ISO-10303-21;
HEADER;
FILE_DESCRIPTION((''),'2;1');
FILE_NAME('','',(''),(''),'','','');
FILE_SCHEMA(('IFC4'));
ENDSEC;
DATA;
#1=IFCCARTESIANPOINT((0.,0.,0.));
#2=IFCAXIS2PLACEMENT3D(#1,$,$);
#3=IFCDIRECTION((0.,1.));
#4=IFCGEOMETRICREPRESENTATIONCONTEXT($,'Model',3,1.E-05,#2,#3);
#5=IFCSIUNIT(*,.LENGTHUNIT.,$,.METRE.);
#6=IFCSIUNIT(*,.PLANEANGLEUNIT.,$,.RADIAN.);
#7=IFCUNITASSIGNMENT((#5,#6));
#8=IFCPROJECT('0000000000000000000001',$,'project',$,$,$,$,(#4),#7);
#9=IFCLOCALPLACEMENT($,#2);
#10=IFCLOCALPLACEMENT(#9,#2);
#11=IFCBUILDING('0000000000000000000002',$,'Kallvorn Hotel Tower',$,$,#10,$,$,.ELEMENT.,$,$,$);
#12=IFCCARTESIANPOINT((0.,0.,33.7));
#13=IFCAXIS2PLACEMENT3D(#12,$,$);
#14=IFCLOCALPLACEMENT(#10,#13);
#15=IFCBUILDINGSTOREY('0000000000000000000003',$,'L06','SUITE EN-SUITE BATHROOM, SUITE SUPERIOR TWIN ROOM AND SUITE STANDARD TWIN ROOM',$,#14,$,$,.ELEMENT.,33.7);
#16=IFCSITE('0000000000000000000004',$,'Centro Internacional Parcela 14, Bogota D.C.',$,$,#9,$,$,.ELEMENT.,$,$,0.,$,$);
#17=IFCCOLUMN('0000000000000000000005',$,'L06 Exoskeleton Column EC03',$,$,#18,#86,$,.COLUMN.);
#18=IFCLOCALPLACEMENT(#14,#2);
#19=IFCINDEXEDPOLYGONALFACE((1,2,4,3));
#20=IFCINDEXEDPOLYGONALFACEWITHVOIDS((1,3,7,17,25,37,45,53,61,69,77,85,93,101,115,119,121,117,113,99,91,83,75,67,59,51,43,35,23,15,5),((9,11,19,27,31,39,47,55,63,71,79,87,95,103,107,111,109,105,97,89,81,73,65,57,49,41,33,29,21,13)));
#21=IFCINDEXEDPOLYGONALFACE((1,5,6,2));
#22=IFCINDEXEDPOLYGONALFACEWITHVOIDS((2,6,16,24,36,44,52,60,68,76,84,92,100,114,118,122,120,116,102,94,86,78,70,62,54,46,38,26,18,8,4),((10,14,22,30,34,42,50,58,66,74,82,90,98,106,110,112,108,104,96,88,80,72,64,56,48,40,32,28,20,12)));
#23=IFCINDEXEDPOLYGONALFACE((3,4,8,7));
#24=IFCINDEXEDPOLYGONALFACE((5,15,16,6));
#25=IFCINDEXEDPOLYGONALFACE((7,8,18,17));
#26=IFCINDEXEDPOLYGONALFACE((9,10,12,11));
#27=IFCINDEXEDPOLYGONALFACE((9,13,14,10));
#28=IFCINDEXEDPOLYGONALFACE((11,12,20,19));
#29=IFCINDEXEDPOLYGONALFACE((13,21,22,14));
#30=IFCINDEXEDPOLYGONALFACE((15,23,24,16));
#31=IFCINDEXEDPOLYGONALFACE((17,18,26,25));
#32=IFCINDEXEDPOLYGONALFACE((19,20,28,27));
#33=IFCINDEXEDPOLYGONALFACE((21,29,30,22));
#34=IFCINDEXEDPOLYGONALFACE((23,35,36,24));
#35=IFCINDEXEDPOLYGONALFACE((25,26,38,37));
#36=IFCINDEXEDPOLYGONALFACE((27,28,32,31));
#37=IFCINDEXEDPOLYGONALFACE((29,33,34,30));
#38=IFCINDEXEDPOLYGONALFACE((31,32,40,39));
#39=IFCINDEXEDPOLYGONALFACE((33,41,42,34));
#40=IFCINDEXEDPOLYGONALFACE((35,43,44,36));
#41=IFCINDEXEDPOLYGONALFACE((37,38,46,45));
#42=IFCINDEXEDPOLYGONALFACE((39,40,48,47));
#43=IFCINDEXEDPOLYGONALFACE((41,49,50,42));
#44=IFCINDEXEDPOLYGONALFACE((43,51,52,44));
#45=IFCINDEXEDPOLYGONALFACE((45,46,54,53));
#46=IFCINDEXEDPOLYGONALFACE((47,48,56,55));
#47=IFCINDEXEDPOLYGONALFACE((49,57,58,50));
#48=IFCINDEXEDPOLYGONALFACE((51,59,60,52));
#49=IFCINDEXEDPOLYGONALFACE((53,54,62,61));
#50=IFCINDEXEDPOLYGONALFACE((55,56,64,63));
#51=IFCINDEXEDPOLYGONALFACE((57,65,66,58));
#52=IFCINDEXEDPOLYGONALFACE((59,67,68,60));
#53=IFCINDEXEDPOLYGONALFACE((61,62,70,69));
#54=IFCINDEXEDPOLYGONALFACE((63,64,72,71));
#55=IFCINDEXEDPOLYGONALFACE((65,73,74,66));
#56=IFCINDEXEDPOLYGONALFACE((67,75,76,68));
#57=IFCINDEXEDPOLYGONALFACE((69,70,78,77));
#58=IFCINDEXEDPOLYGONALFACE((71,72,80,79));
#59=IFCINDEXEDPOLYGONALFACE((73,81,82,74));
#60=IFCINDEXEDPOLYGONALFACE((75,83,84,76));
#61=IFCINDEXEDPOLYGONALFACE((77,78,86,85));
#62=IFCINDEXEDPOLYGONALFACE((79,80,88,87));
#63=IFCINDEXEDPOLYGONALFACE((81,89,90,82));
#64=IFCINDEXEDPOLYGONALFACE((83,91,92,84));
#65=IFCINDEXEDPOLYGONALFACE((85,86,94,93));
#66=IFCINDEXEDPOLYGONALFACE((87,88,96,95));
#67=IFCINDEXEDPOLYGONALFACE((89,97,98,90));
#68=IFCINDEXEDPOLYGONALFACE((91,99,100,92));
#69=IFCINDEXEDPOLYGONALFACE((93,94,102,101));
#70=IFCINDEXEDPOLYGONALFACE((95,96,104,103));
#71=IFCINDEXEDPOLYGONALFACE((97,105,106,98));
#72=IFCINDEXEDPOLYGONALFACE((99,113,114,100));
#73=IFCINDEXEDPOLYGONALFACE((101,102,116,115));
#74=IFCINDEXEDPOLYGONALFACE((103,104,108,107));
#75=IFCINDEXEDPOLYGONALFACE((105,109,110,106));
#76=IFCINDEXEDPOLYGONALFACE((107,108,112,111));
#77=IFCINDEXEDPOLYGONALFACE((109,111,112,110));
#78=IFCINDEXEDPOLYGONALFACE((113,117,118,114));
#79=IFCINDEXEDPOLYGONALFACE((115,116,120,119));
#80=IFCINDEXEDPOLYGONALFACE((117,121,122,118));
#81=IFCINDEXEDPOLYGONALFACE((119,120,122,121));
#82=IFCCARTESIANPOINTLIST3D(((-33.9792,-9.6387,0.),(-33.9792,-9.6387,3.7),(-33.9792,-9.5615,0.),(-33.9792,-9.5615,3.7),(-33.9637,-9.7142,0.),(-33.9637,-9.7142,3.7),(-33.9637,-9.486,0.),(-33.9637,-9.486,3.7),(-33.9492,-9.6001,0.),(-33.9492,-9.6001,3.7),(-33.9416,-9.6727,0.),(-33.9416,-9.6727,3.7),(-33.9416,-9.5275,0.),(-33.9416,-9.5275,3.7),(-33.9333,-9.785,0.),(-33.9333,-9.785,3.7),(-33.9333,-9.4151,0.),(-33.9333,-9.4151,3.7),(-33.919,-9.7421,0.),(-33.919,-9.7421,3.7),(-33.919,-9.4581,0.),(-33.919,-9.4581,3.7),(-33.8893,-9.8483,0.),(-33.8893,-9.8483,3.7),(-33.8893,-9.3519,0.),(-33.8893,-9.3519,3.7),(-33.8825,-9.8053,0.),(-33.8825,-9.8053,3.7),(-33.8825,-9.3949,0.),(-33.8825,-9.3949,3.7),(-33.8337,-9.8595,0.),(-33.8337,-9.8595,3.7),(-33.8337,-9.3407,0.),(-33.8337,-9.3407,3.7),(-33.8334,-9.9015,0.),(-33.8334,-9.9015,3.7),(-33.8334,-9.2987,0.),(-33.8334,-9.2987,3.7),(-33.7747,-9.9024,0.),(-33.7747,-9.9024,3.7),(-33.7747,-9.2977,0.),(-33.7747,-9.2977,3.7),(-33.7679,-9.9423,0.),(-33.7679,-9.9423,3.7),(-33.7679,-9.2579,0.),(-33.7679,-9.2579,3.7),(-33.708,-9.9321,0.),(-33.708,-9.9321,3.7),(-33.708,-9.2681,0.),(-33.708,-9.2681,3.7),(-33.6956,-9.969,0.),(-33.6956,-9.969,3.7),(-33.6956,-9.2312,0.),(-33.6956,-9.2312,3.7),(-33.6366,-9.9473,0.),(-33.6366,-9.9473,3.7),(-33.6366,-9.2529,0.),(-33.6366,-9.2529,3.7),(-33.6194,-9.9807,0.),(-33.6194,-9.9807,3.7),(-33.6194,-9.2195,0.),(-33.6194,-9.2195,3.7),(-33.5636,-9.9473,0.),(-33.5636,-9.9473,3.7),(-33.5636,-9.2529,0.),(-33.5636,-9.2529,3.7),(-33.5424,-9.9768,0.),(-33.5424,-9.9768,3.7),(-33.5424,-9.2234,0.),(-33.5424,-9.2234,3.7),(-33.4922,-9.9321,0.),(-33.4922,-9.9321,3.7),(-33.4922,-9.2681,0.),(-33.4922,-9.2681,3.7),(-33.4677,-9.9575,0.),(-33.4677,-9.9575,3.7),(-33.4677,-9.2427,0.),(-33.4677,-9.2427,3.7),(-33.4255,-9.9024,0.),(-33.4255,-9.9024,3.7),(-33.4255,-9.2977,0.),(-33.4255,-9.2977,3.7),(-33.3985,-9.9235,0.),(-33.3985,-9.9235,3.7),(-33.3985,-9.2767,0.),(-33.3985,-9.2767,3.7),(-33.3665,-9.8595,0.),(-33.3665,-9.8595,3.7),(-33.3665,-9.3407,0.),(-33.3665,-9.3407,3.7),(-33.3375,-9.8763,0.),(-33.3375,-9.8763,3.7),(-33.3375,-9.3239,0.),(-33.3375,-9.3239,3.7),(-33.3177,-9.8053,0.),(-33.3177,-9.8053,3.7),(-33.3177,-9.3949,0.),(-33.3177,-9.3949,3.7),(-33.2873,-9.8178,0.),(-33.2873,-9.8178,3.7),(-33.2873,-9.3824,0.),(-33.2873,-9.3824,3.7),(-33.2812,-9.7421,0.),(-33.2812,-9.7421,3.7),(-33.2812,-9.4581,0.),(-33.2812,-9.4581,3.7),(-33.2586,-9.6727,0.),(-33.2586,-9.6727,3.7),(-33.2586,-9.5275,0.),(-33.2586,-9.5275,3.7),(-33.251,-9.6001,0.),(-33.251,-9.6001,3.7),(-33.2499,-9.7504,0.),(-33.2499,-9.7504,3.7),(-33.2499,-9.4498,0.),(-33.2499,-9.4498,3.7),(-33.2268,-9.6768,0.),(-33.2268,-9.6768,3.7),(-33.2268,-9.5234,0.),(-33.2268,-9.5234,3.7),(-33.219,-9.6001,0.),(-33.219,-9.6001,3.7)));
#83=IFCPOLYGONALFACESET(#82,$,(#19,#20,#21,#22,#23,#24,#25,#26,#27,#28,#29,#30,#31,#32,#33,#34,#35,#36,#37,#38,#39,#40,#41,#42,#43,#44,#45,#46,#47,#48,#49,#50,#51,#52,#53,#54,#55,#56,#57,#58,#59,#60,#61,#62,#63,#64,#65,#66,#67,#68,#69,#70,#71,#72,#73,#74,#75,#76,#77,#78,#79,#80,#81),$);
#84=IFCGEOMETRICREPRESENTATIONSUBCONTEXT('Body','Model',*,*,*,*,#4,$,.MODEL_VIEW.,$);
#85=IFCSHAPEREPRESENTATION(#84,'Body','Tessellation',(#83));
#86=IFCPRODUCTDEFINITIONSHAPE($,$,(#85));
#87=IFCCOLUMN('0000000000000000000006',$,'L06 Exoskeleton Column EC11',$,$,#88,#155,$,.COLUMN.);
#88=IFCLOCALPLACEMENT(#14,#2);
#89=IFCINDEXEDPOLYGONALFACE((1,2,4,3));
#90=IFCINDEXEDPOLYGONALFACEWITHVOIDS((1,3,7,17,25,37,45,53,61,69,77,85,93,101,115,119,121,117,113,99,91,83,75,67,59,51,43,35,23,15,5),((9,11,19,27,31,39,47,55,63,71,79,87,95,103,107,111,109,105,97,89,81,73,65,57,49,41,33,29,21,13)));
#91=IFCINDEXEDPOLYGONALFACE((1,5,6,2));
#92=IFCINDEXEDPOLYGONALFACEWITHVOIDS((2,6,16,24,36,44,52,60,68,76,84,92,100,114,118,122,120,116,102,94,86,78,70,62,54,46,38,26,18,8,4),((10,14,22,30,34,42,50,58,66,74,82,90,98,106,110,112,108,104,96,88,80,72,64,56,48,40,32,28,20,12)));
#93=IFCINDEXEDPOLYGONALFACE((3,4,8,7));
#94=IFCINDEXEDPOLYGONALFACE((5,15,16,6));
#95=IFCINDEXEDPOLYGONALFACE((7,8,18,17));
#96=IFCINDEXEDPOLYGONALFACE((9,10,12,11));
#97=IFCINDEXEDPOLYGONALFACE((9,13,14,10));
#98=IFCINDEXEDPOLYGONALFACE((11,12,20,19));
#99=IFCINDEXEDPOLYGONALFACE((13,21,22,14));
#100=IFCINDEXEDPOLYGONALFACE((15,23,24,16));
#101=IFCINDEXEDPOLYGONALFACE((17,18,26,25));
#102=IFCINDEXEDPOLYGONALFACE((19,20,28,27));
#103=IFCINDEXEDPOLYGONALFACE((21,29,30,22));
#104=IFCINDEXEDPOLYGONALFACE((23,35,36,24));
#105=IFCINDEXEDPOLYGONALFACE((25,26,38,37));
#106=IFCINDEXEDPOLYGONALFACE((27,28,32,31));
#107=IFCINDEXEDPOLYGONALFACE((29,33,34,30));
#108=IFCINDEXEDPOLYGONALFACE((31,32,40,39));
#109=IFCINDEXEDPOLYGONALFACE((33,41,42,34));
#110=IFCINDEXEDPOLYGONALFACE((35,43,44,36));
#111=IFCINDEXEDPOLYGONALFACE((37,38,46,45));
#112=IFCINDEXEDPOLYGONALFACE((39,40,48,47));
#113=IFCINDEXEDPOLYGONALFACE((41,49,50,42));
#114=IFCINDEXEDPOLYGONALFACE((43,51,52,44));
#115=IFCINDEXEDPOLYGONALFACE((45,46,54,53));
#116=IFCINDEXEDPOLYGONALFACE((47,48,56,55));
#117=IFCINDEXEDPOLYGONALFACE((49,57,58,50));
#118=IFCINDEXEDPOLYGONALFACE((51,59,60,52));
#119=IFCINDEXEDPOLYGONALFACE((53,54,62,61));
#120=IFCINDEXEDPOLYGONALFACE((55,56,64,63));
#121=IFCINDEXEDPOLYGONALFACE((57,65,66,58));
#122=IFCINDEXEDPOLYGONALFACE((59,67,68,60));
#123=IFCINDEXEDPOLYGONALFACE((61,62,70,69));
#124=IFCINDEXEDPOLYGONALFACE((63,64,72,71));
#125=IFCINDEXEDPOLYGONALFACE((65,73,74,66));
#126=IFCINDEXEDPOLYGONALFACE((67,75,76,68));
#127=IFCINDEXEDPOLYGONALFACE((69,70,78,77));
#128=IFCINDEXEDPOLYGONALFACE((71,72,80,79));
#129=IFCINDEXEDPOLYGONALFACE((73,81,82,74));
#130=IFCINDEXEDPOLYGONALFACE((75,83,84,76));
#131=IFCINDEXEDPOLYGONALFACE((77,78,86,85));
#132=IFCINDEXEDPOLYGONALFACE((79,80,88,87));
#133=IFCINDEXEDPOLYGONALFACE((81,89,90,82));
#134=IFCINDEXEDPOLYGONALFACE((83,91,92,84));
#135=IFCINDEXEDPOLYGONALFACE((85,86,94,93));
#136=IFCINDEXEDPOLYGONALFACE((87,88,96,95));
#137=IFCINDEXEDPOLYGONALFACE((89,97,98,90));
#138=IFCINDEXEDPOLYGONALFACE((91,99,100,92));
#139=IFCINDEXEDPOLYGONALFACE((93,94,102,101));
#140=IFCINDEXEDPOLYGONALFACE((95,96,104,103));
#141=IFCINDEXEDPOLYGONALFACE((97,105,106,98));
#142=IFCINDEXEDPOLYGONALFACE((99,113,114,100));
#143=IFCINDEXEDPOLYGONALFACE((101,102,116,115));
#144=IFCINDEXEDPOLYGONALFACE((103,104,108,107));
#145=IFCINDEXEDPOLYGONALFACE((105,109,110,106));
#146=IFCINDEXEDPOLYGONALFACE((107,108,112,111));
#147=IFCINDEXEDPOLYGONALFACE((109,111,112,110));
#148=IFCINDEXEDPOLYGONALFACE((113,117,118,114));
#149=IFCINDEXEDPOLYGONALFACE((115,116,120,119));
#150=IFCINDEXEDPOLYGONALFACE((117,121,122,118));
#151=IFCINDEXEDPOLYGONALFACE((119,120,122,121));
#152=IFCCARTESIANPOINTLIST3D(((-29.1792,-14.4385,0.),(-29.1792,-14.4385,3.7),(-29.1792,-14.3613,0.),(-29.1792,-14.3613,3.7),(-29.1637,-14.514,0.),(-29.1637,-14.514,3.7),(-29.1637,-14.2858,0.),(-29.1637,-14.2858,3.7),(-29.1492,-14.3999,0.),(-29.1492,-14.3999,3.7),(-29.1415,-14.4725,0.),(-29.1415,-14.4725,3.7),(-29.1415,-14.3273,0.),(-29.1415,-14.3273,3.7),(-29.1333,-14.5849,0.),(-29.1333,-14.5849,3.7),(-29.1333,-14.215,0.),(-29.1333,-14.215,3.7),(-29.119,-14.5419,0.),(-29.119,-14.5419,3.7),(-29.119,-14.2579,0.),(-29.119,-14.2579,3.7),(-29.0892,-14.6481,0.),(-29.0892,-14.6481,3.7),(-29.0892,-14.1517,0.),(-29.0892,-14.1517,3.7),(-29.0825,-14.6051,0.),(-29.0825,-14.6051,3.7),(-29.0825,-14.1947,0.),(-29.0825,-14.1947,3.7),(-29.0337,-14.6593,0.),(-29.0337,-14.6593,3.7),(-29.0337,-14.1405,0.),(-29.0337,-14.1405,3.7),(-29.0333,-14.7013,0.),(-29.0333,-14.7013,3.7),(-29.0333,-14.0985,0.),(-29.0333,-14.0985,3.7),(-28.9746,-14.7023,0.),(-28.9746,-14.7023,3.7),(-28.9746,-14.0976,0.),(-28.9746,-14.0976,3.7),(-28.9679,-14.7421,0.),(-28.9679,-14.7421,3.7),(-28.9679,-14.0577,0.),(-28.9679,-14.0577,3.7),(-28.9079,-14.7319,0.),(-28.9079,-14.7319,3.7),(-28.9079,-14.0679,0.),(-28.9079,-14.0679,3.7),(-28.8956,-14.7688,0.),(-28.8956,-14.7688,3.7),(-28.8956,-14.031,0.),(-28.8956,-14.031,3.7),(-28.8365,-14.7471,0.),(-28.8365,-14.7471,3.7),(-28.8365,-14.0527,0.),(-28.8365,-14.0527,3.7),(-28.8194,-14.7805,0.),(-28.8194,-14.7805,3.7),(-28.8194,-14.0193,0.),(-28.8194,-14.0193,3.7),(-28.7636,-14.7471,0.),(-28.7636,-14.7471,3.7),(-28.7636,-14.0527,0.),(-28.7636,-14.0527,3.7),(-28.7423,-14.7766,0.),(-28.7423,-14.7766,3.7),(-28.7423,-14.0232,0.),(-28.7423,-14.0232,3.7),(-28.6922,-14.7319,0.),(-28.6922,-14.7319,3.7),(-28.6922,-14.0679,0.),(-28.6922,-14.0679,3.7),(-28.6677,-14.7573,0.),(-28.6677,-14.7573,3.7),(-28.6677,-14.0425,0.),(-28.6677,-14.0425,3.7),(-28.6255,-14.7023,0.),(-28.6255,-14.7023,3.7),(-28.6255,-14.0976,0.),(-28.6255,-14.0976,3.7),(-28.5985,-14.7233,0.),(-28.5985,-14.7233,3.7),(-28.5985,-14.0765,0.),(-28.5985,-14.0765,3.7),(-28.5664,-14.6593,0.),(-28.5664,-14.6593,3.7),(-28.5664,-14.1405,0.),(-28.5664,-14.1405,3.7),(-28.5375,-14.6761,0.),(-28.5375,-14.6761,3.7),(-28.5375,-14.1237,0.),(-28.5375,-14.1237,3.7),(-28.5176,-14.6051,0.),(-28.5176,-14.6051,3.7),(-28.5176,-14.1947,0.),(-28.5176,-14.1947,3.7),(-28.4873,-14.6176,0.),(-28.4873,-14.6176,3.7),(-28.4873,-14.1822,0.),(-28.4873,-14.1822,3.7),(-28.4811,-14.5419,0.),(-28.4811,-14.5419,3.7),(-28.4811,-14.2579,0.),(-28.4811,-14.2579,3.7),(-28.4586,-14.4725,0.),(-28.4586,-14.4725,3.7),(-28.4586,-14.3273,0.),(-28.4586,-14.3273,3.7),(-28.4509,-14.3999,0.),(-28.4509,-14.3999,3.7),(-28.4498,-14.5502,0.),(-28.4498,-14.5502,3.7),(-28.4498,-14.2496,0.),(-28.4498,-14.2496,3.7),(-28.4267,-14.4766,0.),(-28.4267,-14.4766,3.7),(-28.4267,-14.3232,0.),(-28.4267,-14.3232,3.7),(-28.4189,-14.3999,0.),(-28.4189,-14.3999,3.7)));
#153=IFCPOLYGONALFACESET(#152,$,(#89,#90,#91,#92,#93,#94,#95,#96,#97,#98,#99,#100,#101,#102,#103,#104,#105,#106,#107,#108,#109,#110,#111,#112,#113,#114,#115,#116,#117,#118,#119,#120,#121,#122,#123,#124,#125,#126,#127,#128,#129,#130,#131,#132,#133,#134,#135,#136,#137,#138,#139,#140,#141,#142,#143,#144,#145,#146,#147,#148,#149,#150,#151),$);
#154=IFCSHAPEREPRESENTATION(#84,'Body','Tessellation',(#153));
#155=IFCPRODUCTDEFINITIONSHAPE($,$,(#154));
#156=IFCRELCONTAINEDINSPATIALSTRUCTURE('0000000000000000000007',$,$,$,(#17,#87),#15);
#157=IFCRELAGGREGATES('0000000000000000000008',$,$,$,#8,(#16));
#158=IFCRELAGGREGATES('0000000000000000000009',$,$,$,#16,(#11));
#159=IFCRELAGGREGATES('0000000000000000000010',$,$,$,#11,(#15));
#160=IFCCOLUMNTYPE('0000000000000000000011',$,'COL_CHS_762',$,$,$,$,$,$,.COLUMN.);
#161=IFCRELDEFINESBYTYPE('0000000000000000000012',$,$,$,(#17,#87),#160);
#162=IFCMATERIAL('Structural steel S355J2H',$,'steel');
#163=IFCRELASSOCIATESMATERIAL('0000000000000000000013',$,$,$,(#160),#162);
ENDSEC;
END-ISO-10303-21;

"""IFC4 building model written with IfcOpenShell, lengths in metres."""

from ifc_helpers import new_model, si_unit, direction, frame, origin, origin_2d, place, context, subcontext, project, spatial, hollow_circle, extrude, material, material_profile, profile_set, type_object, element, save


model = new_model("IFC4")

# Units and contexts
model_context = context("Model", 3, precision=1e-05, world=origin(), true_north=direction((0.0, 1.0)))
body_context = subcontext(model_context, "Body", "Model", "MODEL_VIEW")
ifc_project = project(units=[si_unit("LENGTHUNIT", "METRE"), si_unit("PLANEANGLEUNIT", "RADIAN")], contexts=[model_context])

# Site, building, storey
site_placement = place(None, origin())
site = spatial("IfcSite", under=ifc_project, at=site_placement, Name="Centro Internacional Parcela 14, Bogota D.C.", CompositionType="ELEMENT", RefElevation=0.0)
building_placement = place(site_placement, origin())
building = spatial("IfcBuilding", under=site, at=building_placement, Name="Kallvorn Hotel Tower", CompositionType="ELEMENT")
storey_placement = place(building_placement, frame((0.0, 0.0, 33.7)))
storey = spatial("IfcBuildingStorey", under=building, at=storey_placement, Name="L06", Description="SUITE EN-SUITE BATHROOM, SUITE SUPERIOR TWIN ROOM AND SUITE STANDARD TWIN ROOM", CompositionType="ELEMENT", Elevation=33.7)

# Columns
ifc_material_1 = material(Name="Structural steel S355J2H", Category="steel")
ifc_material_profile_1 = material_profile(ifc_material_1, hollow_circle(Radius=0.3811, WallThickness=0.032, at=origin_2d()), Name="CHS 762x32")
ifc_profile_set_1 = profile_set([ifc_material_profile_1], Name="Structural steel S355J2H")
column_type = type_object("IfcColumnType", Name="COL_CHS_762", PredefinedType="COLUMN", material=ifc_profile_set_1)
for number, where, z_axis, x_axis, name in (
    (1, (-33.6001, -9.6001, 0.0), (0.0, 0.0, 1.0), (1.0, 0.0, 0.0), "L06 Exoskeleton Column EC03"),
    (2, (-28.8, -14.3999, 0.0), (0.0, 0.0, 1.0), (1.0, 0.0, 0.0), "L06 Exoskeleton Column EC11"),
):
    element("IfcColumn", number, at=place(storey_placement, frame(where, z_axis=z_axis, x_axis=x_axis)), inside=storey, type_object=column_type, Name=name, PredefinedType="COLUMN", context=body_context, shape_type="SweptSolid", body=[
        extrude(hollow_circle(Radius=0.3811, WallThickness=0.032, at=origin_2d()), origin(), (0.0, 0.0, 1.0), 3.7),
    ])

save(model, "model.ifc")
